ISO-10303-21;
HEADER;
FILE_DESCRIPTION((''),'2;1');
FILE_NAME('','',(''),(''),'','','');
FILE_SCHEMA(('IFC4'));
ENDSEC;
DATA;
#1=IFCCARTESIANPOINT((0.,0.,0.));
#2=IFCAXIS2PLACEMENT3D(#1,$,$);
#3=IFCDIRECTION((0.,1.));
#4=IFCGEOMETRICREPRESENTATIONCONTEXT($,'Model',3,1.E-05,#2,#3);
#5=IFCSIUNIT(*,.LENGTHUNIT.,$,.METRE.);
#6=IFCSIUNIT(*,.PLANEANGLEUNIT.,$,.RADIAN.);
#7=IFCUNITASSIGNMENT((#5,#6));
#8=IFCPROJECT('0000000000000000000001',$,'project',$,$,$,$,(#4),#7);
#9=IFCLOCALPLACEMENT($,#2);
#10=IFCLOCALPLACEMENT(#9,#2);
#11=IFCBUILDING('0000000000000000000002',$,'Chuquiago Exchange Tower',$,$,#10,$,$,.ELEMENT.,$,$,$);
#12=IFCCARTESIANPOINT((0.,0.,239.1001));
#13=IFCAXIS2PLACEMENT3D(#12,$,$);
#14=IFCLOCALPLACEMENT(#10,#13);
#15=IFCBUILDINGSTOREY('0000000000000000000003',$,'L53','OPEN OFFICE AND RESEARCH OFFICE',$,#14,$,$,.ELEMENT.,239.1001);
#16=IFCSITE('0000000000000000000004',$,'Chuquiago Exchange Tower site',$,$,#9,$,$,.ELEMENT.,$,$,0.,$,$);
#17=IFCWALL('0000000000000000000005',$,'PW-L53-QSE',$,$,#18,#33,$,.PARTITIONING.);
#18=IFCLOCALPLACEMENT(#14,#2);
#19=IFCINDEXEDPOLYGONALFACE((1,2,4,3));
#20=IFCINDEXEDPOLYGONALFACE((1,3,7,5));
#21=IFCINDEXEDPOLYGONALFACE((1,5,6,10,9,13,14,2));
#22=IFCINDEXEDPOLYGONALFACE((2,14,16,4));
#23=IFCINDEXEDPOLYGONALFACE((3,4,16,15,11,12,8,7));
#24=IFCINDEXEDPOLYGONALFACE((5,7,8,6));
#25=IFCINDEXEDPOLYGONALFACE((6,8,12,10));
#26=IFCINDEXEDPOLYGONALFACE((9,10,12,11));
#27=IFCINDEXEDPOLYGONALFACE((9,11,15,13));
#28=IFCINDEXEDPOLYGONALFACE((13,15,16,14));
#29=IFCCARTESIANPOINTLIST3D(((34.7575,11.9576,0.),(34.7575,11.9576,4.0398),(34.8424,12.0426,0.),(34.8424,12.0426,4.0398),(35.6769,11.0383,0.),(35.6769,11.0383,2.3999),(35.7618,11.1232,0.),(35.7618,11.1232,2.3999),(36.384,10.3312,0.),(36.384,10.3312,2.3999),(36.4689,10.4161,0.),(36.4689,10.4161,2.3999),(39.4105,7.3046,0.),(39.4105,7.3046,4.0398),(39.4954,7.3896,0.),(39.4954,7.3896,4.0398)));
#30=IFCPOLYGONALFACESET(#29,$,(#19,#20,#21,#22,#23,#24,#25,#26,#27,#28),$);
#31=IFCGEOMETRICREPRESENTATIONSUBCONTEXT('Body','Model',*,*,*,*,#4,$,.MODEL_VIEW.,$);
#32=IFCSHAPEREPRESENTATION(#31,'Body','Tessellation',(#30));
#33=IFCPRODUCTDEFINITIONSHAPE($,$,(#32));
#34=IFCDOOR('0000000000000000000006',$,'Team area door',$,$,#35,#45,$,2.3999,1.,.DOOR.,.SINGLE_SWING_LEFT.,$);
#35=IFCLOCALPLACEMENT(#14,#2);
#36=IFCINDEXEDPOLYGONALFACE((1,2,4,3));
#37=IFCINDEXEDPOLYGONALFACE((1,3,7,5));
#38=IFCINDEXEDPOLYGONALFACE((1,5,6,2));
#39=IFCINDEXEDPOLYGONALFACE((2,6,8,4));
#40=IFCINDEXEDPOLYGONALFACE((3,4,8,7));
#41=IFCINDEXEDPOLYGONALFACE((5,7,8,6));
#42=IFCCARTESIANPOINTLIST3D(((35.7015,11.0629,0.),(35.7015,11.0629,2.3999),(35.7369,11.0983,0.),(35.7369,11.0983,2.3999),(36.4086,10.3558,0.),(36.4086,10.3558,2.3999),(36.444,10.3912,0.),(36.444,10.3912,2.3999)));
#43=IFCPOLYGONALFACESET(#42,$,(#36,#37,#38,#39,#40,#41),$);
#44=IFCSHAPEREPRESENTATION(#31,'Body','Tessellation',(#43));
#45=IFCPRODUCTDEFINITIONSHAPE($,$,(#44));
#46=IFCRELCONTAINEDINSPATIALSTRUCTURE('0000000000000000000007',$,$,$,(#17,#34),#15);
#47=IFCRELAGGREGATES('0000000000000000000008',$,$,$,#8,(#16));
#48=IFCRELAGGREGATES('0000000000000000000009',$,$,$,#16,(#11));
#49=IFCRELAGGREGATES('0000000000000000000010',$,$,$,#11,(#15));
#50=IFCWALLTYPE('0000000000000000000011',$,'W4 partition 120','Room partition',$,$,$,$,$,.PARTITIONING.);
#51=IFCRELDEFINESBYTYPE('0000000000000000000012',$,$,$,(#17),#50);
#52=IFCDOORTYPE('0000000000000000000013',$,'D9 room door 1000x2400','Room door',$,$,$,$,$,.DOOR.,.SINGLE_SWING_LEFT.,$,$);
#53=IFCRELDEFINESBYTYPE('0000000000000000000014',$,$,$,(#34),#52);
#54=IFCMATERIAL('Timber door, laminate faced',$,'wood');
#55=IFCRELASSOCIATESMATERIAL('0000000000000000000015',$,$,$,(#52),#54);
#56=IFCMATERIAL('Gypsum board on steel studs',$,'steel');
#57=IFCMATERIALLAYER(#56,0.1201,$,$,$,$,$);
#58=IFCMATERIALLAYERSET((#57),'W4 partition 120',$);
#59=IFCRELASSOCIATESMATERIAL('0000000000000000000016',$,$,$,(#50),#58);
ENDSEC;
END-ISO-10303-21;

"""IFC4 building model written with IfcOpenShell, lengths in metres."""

from ifc_helpers import new_model, si_unit, direction, frame, frame_2d, origin, place, context, subcontext, project, spatial, rectangle, extrude, material, layer, layer_set, type_object, element, fill, save


model = new_model("IFC4")

# Units and contexts
model_context = context("Model", 3, precision=1e-05, world=origin(), true_north=direction((0.0, 1.0)))
body_context = subcontext(model_context, "Body", "Model", "MODEL_VIEW")
ifc_project = project(units=[si_unit("LENGTHUNIT", "METRE"), si_unit("PLANEANGLEUNIT", "RADIAN")], contexts=[model_context])

# Site, building, storey
site_placement = place(None, origin())
site = spatial("IfcSite", under=ifc_project, at=site_placement, Name="Chuquiago Exchange Tower site", CompositionType="ELEMENT", RefElevation=0.0)
building_placement = place(site_placement, origin())
building = spatial("IfcBuilding", under=site, at=building_placement, Name="Chuquiago Exchange Tower", CompositionType="ELEMENT")
storey_placement = place(building_placement, frame((0.0, 0.0, 239.1001)))
storey = spatial("IfcBuildingStorey", under=building, at=storey_placement, Name="L53", Description="OPEN OFFICE AND RESEARCH OFFICE", CompositionType="ELEMENT", Elevation=239.1001)

# Shared definitions
ifc_material_1 = material(Name="Timber door, laminate faced", Category="wood")
door_type = type_object("IfcDoorType", Name="D9 room door 1000x2400", Description="Room door", OperationType="SINGLE_SWING_LEFT", PredefinedType="DOOR", material=ifc_material_1)

# Shared definitions
ifc_material_2 = material(Name="Gypsum board on steel studs", Category="steel")
ifc_layer_1 = layer(ifc_material_2, 0.1201)
ifc_layer_set_1 = layer_set([ifc_layer_1], Name="W4 partition 120")
wall_type_1 = type_object("IfcWallType", Name="W4 partition 120", Description="Room partition", PredefinedType="PARTITIONING", material=ifc_layer_set_1)

# Wall, opening, door
wall_1_placement = place(storey_placement, frame((34.8, 12.0, 0.0), z_axis=(0.0, 0.0, 1.0), x_axis=(0.707107, -0.707107, 0.0)))
wall_1 = element("IfcWall", 1, at=wall_1_placement, inside=storey, type_object=wall_type_1, Name="PW-L53-QSE", PredefinedType="PARTITIONING", context=body_context, shape_type="SweptSolid", body=[
    extrude(rectangle(XDim=6.5803, YDim=0.1201, at=frame_2d((3.29, 0.0))), origin(), (0.0, 0.0, 1.0), 4.0398),
])
opening_1_placement = place(wall_1_placement, frame((1.3, 0.0, 0.0)))
opening_1 = element("IfcOpeningElement", 2, at=opening_1_placement, cuts=wall_1, PredefinedType="OPENING", context=body_context, shape_type="SweptSolid", body=[
    extrude(rectangle(XDim=1.0, YDim=2.3999, at=frame_2d((0.5, 1.2))), frame((0.0, 0.0701, 0.0), z_axis=(0.0, -1.0, 0.0), x_axis=(1.0, 0.0, 0.0)), (0.0, 0.0, 1.0), 0.1401),
])
door_1_placement = place(opening_1_placement, origin())
door_1 = element("IfcDoor", 3, at=door_1_placement, inside=storey, type_object=door_type, Name="Team area door", OperationType="SINGLE_SWING_LEFT", OverallHeight=2.3999, OverallWidth=1.0, PredefinedType="DOOR", context=body_context, shape_type="SweptSolid", body=[
    extrude(rectangle(XDim=1.0, YDim=2.3999, at=frame_2d((0.5, 1.2))), frame((0.0, 0.0249, 0.0), z_axis=(0.0, -1.0, 0.0), x_axis=(1.0, 0.0, 0.0)), (0.0, 0.0, 1.0), 0.05),
])
fill(opening_1, door_1)

save(model, "model.ifc")
